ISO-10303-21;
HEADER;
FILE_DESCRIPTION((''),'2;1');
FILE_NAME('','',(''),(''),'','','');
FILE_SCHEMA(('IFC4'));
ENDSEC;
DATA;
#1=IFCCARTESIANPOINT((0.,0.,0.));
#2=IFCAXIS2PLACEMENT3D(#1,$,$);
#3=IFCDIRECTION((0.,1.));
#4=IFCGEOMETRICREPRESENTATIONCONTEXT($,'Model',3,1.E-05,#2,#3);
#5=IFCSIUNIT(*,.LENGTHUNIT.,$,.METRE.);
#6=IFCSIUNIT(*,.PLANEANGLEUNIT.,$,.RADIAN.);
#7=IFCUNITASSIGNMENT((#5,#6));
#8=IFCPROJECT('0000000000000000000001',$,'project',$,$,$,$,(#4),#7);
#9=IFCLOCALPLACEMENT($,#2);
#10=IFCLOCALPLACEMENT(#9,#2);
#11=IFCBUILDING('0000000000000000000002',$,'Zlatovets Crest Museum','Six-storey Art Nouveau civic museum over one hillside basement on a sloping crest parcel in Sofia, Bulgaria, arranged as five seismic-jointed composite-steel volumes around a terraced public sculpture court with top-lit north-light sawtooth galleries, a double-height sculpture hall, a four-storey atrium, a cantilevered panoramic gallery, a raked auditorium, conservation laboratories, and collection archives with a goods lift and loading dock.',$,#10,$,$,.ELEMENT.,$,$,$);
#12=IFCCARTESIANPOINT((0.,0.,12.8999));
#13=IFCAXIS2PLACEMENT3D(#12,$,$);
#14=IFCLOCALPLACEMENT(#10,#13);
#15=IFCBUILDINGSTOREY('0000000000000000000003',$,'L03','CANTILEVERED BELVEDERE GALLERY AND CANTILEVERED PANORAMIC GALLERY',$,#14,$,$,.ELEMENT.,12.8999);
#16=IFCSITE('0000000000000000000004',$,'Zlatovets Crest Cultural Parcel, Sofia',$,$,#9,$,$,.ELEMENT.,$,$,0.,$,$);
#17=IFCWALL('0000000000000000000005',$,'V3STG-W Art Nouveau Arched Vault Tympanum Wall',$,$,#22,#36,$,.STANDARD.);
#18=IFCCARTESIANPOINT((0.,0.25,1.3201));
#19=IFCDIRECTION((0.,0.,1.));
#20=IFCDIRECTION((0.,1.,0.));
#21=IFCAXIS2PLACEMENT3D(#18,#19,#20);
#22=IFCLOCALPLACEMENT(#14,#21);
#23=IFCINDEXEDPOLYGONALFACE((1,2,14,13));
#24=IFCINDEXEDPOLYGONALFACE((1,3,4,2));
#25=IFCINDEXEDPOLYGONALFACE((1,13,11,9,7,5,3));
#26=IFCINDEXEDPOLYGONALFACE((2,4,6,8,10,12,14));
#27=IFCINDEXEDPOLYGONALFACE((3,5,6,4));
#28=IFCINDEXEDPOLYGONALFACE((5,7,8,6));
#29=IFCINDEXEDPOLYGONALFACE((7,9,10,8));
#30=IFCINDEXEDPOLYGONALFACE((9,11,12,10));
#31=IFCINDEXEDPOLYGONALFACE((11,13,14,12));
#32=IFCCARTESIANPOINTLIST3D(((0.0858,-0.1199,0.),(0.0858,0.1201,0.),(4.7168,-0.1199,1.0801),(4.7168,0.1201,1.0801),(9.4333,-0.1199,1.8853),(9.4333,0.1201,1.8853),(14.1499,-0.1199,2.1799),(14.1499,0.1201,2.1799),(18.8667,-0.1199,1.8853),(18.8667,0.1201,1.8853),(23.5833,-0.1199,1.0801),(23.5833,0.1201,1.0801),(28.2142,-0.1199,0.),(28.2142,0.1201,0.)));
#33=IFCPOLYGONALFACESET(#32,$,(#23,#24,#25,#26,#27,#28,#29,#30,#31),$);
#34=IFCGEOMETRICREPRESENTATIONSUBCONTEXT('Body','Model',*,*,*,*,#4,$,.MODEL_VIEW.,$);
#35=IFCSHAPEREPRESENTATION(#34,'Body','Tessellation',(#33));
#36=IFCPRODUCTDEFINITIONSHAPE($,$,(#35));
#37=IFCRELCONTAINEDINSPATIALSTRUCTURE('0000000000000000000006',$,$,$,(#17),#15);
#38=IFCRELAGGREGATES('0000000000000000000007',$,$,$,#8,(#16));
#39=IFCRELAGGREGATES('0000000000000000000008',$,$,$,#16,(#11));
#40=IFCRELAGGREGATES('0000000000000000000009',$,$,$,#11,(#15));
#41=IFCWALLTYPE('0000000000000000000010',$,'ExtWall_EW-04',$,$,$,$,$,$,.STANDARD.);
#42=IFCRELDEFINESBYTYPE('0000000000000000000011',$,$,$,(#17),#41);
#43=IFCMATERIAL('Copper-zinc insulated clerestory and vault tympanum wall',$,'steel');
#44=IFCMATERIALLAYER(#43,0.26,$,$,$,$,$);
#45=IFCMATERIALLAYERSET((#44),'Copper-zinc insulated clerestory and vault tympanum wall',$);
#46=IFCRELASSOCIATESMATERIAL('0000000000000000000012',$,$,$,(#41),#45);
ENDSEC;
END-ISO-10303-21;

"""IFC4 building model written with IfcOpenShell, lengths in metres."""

from ifc_helpers import new_model, si_unit, direction, frame, origin, place, context, subcontext, project, spatial, polyline, outline, extrude, material, layer, layer_set, type_object, element, save


model = new_model("IFC4")

# Units and contexts
model_context = context("Model", 3, precision=1e-05, world=origin(), true_north=direction((0.0, 1.0)))
body_context = subcontext(model_context, "Body", "Model", "MODEL_VIEW")
ifc_project = project(units=[si_unit("LENGTHUNIT", "METRE"), si_unit("PLANEANGLEUNIT", "RADIAN")], contexts=[model_context])

# Site, building, storey
site_placement = place(None, origin())
site = spatial("IfcSite", under=ifc_project, at=site_placement, Name="Zlatovets Crest Cultural Parcel, Sofia", CompositionType="ELEMENT", RefElevation=0.0)
building_placement = place(site_placement, origin())
building = spatial("IfcBuilding", under=site, at=building_placement, Name="Zlatovets Crest Museum", Description="Six-storey Art Nouveau civic museum over one hillside basement on a sloping crest parcel in Sofia, Bulgaria, arranged as five seismic-jointed composite-steel volumes around a terraced public sculpture court with top-lit north-light sawtooth galleries, a double-height sculpture hall, a four-storey atrium, a cantilevered panoramic gallery, a raked auditorium, conservation laboratories, and collection archives with a goods lift and loading dock.", CompositionType="ELEMENT")
storey_placement = place(building_placement, frame((0.0, 0.0, 12.8999)))
storey = spatial("IfcBuildingStorey", under=building, at=storey_placement, Name="L03", Description="CANTILEVERED BELVEDERE GALLERY AND CANTILEVERED PANORAMIC GALLERY", CompositionType="ELEMENT", Elevation=12.8999)

# Wall
ifc_material_1 = material(Name="Copper-zinc insulated clerestory and vault tympanum wall", Category="steel")
ifc_layer_1 = layer(ifc_material_1, 0.26)
ifc_layer_set_1 = layer_set([ifc_layer_1], Name="Copper-zinc insulated clerestory and vault tympanum wall")
wall_type_1 = type_object("IfcWallType", Name="ExtWall_EW-04", PredefinedType="STANDARD", material=ifc_layer_set_1)
wall_1_placement = place(storey_placement, frame((0.0, 0.25, 1.3201), z_axis=(0.0, 0.0, 1.0), x_axis=(0.0, 1.0, 0.0)))
element("IfcWall", 1, at=wall_1_placement, inside=storey, type_object=wall_type_1, Name="V3STG-W Art Nouveau Arched Vault Tympanum Wall", PredefinedType="STANDARD", context=body_context, shape_type="SweptSolid", body=[
    extrude(outline(polyline([(0.0, 0.0), (28.3, 0.0), (28.3, -0.02), (23.5833, 1.0801), (18.8667, 1.8853), (14.1499, 2.1799), (9.4333, 1.8853), (4.7168, 1.0801), (0.0, -0.02), (0.0, 0.0)])), frame((0.0, 0.1201, 0.0), z_axis=(0.0, -1.0, 0.0), x_axis=(1.0, 0.0, 0.0)), (0.0, 0.0, 1.0), 0.24),
])

save(model, "model.ifc")
